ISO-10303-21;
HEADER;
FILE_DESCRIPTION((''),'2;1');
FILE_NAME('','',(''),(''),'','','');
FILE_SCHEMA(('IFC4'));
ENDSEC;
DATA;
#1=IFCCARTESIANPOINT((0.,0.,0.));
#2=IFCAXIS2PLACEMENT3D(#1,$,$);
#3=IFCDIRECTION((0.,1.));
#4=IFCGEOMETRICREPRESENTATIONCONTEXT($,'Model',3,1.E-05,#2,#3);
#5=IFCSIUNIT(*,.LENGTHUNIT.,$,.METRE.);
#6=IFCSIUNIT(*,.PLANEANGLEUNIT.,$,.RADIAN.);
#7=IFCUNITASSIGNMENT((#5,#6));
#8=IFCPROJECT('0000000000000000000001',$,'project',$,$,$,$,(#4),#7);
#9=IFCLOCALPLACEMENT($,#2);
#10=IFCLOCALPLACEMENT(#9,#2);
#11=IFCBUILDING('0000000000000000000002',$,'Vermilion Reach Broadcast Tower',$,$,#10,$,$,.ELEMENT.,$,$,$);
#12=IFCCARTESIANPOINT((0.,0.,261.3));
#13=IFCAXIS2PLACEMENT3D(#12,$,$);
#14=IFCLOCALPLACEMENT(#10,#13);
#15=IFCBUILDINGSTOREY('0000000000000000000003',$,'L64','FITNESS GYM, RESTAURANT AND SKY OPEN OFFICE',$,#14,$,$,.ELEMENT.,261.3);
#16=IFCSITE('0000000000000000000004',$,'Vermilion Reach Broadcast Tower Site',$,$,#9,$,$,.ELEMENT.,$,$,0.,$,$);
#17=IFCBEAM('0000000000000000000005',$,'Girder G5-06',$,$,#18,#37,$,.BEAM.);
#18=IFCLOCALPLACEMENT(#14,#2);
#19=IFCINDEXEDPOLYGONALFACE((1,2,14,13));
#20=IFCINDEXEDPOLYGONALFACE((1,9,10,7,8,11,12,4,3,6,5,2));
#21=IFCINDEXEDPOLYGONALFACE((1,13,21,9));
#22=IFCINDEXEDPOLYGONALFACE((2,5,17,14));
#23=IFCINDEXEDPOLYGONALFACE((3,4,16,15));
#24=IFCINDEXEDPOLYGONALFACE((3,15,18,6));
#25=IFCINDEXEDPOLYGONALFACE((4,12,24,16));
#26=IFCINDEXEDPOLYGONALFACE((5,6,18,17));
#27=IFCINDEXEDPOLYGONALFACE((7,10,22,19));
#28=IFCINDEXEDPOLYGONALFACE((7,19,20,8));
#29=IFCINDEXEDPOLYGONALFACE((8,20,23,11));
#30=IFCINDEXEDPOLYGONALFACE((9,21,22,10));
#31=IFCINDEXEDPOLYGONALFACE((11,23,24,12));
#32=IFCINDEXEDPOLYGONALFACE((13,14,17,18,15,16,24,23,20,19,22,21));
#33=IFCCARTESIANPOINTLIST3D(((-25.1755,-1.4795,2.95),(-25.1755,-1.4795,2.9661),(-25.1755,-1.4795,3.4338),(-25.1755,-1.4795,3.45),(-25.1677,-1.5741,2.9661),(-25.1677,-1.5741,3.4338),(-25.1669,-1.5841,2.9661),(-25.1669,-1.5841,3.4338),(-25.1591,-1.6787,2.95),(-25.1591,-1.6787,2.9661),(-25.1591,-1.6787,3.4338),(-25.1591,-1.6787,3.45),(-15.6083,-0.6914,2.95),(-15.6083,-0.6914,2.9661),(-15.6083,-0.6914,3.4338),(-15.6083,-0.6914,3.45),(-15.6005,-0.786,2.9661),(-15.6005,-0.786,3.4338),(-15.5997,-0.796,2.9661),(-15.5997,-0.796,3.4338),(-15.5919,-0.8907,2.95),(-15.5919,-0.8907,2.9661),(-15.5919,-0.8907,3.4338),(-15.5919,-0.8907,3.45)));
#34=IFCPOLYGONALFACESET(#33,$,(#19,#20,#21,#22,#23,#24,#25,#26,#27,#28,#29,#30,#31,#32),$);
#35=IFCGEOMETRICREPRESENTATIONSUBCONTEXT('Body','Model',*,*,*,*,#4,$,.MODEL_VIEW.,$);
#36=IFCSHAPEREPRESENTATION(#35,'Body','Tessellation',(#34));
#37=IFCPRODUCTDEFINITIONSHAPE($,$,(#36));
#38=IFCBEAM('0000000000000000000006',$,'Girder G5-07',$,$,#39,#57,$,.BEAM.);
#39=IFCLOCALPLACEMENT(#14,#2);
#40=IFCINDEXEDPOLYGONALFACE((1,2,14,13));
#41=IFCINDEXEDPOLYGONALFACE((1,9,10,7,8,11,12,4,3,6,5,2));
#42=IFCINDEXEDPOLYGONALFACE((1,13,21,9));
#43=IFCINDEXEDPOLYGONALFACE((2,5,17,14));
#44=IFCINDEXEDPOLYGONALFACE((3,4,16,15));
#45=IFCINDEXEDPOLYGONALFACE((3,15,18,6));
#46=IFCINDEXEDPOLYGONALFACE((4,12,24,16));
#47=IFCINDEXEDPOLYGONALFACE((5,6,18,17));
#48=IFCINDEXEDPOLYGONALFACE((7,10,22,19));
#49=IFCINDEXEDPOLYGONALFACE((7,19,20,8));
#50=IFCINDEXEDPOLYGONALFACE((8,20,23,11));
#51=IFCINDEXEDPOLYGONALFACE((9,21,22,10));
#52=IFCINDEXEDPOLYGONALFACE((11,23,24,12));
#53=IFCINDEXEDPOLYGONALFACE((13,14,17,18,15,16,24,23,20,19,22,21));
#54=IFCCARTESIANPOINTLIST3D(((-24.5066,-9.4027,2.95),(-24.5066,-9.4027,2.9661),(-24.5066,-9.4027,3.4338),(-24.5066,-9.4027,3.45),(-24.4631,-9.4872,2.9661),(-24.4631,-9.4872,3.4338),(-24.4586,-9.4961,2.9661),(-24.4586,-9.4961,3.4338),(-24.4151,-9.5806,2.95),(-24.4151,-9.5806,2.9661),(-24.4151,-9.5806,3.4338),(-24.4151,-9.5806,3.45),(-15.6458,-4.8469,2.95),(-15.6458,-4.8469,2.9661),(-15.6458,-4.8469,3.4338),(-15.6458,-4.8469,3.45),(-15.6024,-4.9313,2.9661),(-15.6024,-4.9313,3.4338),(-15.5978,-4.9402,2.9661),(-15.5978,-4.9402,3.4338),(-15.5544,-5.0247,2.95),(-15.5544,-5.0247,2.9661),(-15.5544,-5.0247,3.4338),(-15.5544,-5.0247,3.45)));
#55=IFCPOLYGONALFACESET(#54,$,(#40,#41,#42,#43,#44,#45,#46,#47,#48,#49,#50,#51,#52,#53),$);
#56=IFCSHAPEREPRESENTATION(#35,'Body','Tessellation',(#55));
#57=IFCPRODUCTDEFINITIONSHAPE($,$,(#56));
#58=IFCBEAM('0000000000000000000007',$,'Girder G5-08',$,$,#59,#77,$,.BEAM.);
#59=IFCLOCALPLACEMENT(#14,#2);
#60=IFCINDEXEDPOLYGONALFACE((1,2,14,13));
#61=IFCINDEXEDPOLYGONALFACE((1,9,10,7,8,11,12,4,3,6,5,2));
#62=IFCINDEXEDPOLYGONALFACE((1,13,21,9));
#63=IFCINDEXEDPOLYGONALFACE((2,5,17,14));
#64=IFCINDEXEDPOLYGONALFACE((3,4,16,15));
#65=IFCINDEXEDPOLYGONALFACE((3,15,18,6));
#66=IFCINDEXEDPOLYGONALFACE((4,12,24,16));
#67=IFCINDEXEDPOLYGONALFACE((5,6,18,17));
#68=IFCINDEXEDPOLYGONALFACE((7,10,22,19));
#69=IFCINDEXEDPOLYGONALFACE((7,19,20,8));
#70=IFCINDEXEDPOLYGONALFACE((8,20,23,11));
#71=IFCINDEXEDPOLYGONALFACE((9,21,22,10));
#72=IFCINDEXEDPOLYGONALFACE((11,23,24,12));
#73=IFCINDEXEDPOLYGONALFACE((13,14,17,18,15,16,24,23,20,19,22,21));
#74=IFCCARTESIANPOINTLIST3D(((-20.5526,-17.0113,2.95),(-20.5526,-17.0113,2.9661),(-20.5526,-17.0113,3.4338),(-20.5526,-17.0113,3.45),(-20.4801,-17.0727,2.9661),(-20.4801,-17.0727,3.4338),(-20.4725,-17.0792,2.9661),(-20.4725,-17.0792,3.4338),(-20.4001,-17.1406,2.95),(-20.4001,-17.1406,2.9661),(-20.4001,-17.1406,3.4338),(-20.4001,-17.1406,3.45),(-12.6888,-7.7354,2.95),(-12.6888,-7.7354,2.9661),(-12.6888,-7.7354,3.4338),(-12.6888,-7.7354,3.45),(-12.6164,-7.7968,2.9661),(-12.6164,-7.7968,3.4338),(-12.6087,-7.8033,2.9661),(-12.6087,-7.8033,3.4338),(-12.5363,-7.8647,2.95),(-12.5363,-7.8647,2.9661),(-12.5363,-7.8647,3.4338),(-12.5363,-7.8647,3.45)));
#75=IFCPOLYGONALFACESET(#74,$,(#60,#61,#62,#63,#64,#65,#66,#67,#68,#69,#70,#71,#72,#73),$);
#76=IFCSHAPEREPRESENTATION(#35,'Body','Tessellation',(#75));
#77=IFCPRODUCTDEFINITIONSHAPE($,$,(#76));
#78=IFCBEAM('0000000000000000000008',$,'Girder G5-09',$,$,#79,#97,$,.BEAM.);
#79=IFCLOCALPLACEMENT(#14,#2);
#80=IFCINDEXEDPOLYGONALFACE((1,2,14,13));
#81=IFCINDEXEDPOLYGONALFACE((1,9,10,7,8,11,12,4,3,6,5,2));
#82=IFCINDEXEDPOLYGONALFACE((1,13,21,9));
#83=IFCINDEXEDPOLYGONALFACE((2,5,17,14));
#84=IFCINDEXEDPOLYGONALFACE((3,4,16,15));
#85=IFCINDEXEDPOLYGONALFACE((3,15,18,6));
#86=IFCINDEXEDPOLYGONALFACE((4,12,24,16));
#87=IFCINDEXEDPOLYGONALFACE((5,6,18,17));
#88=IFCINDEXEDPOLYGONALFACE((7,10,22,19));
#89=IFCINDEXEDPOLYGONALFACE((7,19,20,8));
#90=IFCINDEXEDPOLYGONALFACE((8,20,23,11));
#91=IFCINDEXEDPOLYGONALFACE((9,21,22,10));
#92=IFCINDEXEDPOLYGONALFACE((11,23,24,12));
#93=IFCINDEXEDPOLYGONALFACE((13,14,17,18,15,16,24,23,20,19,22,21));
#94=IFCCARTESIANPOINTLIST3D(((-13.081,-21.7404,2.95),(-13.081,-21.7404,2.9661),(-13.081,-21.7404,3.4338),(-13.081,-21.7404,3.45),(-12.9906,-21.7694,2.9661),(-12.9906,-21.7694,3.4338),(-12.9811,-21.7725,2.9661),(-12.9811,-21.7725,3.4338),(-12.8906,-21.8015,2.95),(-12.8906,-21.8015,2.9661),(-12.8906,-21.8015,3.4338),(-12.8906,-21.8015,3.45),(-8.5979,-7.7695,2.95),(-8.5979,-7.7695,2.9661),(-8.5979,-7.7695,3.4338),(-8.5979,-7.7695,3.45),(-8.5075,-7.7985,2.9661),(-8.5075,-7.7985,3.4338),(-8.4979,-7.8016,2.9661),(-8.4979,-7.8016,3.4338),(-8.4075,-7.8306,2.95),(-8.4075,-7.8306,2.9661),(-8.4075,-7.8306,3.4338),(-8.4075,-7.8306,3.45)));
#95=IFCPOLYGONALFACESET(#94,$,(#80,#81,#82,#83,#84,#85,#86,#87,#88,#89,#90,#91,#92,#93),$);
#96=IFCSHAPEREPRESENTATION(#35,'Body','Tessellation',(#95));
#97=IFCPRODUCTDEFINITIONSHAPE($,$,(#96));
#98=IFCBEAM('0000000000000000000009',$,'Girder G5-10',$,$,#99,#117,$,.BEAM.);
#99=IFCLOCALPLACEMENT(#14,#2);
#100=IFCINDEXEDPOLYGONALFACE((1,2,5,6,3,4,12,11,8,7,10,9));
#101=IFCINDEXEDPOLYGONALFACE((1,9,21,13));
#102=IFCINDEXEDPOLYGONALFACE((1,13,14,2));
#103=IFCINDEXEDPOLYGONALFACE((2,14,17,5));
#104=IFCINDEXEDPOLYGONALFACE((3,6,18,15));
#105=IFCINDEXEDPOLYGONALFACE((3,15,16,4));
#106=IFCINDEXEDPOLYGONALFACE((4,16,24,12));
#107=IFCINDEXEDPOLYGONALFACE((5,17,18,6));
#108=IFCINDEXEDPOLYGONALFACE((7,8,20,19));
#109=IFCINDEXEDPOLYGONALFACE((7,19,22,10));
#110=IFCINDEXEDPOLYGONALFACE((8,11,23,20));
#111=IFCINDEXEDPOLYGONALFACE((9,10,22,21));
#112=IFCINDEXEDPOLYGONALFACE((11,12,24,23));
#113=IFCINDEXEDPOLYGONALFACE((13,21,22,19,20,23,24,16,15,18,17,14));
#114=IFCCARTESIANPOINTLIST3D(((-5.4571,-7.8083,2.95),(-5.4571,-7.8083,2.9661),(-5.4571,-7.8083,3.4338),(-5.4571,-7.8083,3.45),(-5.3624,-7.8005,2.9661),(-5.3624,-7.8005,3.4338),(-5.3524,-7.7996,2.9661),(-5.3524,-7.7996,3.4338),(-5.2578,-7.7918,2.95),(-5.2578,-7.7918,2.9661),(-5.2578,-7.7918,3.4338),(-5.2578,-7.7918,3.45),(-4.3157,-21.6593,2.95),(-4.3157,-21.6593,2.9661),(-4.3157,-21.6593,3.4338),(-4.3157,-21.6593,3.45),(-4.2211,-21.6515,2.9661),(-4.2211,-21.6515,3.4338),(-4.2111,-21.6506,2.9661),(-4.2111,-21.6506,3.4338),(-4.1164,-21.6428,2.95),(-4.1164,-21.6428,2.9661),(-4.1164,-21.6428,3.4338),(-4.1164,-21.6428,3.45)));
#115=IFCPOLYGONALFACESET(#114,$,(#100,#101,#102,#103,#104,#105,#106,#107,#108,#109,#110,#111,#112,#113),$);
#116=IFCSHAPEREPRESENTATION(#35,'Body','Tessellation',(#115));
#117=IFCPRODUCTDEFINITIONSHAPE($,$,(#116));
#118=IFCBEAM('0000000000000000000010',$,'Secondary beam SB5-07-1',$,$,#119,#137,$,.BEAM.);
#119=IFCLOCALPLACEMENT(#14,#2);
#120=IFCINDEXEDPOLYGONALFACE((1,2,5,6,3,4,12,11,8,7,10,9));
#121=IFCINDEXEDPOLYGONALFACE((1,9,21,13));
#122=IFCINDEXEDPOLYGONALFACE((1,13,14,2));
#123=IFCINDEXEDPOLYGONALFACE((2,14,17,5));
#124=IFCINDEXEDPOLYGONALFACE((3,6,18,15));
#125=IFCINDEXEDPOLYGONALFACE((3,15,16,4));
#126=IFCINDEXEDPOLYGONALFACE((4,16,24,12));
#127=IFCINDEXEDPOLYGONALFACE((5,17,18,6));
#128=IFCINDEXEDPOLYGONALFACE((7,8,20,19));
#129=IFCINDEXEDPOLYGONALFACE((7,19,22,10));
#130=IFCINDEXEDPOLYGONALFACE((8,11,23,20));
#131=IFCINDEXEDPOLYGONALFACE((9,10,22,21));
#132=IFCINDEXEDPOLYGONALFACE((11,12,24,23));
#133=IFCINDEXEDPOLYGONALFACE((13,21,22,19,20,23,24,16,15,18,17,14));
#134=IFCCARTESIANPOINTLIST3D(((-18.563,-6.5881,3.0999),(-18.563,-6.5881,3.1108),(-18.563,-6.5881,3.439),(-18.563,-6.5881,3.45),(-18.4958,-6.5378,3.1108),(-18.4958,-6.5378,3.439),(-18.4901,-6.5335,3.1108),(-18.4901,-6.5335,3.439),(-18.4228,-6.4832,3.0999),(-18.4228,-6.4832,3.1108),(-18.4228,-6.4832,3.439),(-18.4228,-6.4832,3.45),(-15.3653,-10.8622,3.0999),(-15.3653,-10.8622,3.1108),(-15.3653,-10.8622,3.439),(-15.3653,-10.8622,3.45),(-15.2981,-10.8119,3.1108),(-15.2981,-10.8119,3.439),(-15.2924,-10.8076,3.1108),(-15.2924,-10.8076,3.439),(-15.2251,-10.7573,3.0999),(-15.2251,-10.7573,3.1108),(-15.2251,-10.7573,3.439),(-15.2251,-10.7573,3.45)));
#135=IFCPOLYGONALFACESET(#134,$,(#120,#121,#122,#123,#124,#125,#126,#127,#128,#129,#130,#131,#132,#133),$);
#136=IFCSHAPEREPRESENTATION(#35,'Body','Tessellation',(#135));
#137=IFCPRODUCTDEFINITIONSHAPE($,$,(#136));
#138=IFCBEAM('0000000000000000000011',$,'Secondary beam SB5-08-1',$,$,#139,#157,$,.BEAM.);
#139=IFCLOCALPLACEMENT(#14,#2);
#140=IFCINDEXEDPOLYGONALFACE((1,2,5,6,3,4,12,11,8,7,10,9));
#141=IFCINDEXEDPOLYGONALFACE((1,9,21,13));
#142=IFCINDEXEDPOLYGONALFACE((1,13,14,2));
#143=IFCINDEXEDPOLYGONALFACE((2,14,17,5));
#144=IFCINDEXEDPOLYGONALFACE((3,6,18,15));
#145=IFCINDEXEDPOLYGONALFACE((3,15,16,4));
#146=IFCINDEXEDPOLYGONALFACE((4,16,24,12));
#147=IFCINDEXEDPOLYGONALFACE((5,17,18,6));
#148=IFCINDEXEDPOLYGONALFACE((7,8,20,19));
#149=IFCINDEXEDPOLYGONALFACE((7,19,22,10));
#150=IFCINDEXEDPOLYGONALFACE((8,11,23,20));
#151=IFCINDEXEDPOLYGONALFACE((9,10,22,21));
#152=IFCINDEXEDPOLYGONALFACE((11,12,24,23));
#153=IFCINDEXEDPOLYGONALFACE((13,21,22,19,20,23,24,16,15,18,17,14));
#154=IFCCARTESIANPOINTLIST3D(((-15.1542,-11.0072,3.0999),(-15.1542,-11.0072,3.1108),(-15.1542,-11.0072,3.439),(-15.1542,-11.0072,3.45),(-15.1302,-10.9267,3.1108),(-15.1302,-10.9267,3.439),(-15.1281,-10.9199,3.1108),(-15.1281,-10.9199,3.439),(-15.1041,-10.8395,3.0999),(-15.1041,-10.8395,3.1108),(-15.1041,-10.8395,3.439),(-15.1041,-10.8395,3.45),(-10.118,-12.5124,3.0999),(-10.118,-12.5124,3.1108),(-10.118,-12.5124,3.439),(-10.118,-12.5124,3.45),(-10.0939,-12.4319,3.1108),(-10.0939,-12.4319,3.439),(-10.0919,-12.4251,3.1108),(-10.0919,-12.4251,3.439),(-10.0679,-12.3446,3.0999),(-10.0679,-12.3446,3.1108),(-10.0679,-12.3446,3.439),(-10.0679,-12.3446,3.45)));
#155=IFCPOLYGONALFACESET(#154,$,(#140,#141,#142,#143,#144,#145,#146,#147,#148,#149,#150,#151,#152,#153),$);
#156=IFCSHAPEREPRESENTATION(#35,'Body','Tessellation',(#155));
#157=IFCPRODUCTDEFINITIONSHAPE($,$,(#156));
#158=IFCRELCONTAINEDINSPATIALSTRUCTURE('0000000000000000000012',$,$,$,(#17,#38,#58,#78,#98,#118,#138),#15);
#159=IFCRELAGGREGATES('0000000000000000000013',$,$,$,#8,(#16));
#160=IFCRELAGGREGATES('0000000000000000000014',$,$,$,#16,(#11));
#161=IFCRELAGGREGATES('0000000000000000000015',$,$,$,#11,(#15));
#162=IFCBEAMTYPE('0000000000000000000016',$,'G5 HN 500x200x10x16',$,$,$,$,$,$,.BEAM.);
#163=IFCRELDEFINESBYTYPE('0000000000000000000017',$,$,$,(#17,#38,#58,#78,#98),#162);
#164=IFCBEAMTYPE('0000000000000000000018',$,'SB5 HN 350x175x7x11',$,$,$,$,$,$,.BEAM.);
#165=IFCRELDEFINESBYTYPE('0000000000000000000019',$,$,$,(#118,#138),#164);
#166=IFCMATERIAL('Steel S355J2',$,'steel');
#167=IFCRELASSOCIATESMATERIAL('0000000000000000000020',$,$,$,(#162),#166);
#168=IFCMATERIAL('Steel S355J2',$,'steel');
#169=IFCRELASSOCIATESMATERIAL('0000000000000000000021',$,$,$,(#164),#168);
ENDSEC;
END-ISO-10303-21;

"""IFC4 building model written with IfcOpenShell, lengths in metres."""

from ifc_helpers import new_model, si_unit, direction, frame, origin, origin_2d, place, context, subcontext, project, spatial, i_section, extrude, material, material_profile, profile_set, type_object, element, save


model = new_model("IFC4")

# Units and contexts
model_context = context("Model", 3, precision=1e-05, world=origin(), true_north=direction((0.0, 1.0)))
body_context = subcontext(model_context, "Body", "Model", "MODEL_VIEW")
ifc_project = project(units=[si_unit("LENGTHUNIT", "METRE"), si_unit("PLANEANGLEUNIT", "RADIAN")], contexts=[model_context])

# Site, building, storey
site_placement = place(None, origin())
site = spatial("IfcSite", under=ifc_project, at=site_placement, Name="Vermilion Reach Broadcast Tower Site", CompositionType="ELEMENT", RefElevation=0.0)
building_placement = place(site_placement, origin())
building = spatial("IfcBuilding", under=site, at=building_placement, Name="Vermilion Reach Broadcast Tower", CompositionType="ELEMENT")
storey_placement = place(building_placement, frame((0.0, 0.0, 261.3)))
storey = spatial("IfcBuildingStorey", under=building, at=storey_placement, Name="L64", Description="FITNESS GYM, RESTAURANT AND SKY OPEN OFFICE", CompositionType="ELEMENT", Elevation=261.3)

# Beams
ifc_material_1 = material(Name="Steel S355J2", Category="steel")
ifc_material_profile_1 = material_profile(ifc_material_1, i_section(OverallWidth=0.2, OverallDepth=0.5, WebThickness=0.01, FlangeThickness=0.0161, at=origin_2d()), Name="S355J2 HN 500x200x10x16")
ifc_profile_set_1 = profile_set([ifc_material_profile_1], Name="Steel S355J2")
beam_type_1 = type_object("IfcBeamType", Name="G5 HN 500x200x10x16", PredefinedType="BEAM", material=ifc_profile_set_1)
beam_1_placement = place(storey_placement, frame((-15.6001, -0.791, 3.2), z_axis=(-0.996624, -0.082096, 0.0), x_axis=(0.082096, -0.996624, 0.0)))
element("IfcBeam", 1, at=beam_1_placement, inside=storey, type_object=beam_type_1, Name="Girder G5-06", PredefinedType="BEAM", context=body_context, shape_type="SweptSolid", body=[
    extrude(i_section(OverallWidth=0.2, OverallDepth=0.5, WebThickness=0.01, FlangeThickness=0.0161, at=origin_2d()), origin(), (0.0, 0.0, 1.0), 9.5996),
])
beam_2_placement = place(storey_placement, frame((-15.6001, -4.9358, 3.2), z_axis=(-0.889333, -0.457261, 0.0), x_axis=(0.457261, -0.889333, 0.0)))
element("IfcBeam", 2, at=beam_2_placement, inside=storey, type_object=beam_type_1, Name="Girder G5-07", PredefinedType="BEAM", context=body_context, shape_type="SweptSolid", body=[
    extrude(i_section(OverallWidth=0.2, OverallDepth=0.5, WebThickness=0.01, FlangeThickness=0.0161, at=origin_2d()), origin(), (0.0, 0.0, 1.0), 9.9634),
])
beam_3_placement = place(storey_placement, frame((-12.6125, -7.8, 3.2), z_axis=(-0.646658, -0.76278, 0.0), x_axis=(0.76278, -0.646658, 0.0)))
element("IfcBeam", 3, at=beam_3_placement, inside=storey, type_object=beam_type_1, Name="Girder G5-08", PredefinedType="BEAM", context=body_context, shape_type="SweptSolid", body=[
    extrude(i_section(OverallWidth=0.2, OverallDepth=0.5, WebThickness=0.01, FlangeThickness=0.0161, at=origin_2d()), origin(), (0.0, 0.0, 1.0), 12.1606),
])
beam_4_placement = place(storey_placement, frame((-8.5027, -7.8, 3.2), z_axis=(-0.305545, -0.952178, 0.0), x_axis=(0.952178, -0.305545, 0.0)))
element("IfcBeam", 4, at=beam_4_placement, inside=storey, type_object=beam_type_1, Name="Girder G5-09", PredefinedType="BEAM", context=body_context, shape_type="SweptSolid", body=[
    extrude(i_section(OverallWidth=0.2, OverallDepth=0.5, WebThickness=0.01, FlangeThickness=0.0161, at=origin_2d()), origin(), (0.0, 0.0, 1.0), 14.6726),
])
beam_5_placement = place(storey_placement, frame((-5.3574, -7.8, 3.2), z_axis=(0.082124, -0.996622, 0.0), x_axis=(0.996622, 0.082124, 0.0)))
element("IfcBeam", 5, at=beam_5_placement, inside=storey, type_object=beam_type_1, Name="Girder G5-10", PredefinedType="BEAM", context=body_context, shape_type="SweptSolid", body=[
    extrude(i_section(OverallWidth=0.2, OverallDepth=0.5, WebThickness=0.01, FlangeThickness=0.0161, at=origin_2d()), origin(), (0.0, 0.0, 1.0), 13.8979),
])
ifc_material_2 = material(Name="Steel S355J2", Category="steel")
ifc_material_profile_2 = material_profile(ifc_material_2, i_section(OverallWidth=0.175, OverallDepth=0.3501, WebThickness=0.0071, FlangeThickness=0.011, at=origin_2d()), Name="S355J2 HN 350x175x7x11")
ifc_profile_set_2 = profile_set([ifc_material_profile_2], Name="Steel S355J2")
beam_type_2 = type_object("IfcBeamType", Name="SB5 HN 350x175x7x11", PredefinedType="BEAM", material=ifc_profile_set_2)
beam_6_placement = place(storey_placement, frame((-18.4929, -6.5356, 3.2749), z_axis=(0.599056, -0.800707, 0.0), x_axis=(0.800707, 0.599056, 0.0)))
element("IfcBeam", 6, at=beam_6_placement, inside=storey, type_object=beam_type_2, Name="Secondary beam SB5-07-1", PredefinedType="BEAM", context=body_context, shape_type="SweptSolid", body=[
    extrude(i_section(OverallWidth=0.175, OverallDepth=0.3501, WebThickness=0.0071, FlangeThickness=0.011, at=origin_2d()), origin(), (0.0, 0.0, 1.0), 5.3379),
])
beam_7_placement = place(storey_placement, frame((-15.1292, -10.9233, 3.2749), z_axis=(0.958125, -0.286351, 0.0), x_axis=(0.286351, 0.958125, 0.0)))
element("IfcBeam", 7, at=beam_7_placement, inside=storey, type_object=beam_type_2, Name="Secondary beam SB5-08-1", PredefinedType="BEAM", context=body_context, shape_type="SweptSolid", body=[
    extrude(i_section(OverallWidth=0.175, OverallDepth=0.3501, WebThickness=0.0071, FlangeThickness=0.011, at=origin_2d()), origin(), (0.0, 0.0, 1.0), 5.2563),
])

save(model, "model.ifc")
